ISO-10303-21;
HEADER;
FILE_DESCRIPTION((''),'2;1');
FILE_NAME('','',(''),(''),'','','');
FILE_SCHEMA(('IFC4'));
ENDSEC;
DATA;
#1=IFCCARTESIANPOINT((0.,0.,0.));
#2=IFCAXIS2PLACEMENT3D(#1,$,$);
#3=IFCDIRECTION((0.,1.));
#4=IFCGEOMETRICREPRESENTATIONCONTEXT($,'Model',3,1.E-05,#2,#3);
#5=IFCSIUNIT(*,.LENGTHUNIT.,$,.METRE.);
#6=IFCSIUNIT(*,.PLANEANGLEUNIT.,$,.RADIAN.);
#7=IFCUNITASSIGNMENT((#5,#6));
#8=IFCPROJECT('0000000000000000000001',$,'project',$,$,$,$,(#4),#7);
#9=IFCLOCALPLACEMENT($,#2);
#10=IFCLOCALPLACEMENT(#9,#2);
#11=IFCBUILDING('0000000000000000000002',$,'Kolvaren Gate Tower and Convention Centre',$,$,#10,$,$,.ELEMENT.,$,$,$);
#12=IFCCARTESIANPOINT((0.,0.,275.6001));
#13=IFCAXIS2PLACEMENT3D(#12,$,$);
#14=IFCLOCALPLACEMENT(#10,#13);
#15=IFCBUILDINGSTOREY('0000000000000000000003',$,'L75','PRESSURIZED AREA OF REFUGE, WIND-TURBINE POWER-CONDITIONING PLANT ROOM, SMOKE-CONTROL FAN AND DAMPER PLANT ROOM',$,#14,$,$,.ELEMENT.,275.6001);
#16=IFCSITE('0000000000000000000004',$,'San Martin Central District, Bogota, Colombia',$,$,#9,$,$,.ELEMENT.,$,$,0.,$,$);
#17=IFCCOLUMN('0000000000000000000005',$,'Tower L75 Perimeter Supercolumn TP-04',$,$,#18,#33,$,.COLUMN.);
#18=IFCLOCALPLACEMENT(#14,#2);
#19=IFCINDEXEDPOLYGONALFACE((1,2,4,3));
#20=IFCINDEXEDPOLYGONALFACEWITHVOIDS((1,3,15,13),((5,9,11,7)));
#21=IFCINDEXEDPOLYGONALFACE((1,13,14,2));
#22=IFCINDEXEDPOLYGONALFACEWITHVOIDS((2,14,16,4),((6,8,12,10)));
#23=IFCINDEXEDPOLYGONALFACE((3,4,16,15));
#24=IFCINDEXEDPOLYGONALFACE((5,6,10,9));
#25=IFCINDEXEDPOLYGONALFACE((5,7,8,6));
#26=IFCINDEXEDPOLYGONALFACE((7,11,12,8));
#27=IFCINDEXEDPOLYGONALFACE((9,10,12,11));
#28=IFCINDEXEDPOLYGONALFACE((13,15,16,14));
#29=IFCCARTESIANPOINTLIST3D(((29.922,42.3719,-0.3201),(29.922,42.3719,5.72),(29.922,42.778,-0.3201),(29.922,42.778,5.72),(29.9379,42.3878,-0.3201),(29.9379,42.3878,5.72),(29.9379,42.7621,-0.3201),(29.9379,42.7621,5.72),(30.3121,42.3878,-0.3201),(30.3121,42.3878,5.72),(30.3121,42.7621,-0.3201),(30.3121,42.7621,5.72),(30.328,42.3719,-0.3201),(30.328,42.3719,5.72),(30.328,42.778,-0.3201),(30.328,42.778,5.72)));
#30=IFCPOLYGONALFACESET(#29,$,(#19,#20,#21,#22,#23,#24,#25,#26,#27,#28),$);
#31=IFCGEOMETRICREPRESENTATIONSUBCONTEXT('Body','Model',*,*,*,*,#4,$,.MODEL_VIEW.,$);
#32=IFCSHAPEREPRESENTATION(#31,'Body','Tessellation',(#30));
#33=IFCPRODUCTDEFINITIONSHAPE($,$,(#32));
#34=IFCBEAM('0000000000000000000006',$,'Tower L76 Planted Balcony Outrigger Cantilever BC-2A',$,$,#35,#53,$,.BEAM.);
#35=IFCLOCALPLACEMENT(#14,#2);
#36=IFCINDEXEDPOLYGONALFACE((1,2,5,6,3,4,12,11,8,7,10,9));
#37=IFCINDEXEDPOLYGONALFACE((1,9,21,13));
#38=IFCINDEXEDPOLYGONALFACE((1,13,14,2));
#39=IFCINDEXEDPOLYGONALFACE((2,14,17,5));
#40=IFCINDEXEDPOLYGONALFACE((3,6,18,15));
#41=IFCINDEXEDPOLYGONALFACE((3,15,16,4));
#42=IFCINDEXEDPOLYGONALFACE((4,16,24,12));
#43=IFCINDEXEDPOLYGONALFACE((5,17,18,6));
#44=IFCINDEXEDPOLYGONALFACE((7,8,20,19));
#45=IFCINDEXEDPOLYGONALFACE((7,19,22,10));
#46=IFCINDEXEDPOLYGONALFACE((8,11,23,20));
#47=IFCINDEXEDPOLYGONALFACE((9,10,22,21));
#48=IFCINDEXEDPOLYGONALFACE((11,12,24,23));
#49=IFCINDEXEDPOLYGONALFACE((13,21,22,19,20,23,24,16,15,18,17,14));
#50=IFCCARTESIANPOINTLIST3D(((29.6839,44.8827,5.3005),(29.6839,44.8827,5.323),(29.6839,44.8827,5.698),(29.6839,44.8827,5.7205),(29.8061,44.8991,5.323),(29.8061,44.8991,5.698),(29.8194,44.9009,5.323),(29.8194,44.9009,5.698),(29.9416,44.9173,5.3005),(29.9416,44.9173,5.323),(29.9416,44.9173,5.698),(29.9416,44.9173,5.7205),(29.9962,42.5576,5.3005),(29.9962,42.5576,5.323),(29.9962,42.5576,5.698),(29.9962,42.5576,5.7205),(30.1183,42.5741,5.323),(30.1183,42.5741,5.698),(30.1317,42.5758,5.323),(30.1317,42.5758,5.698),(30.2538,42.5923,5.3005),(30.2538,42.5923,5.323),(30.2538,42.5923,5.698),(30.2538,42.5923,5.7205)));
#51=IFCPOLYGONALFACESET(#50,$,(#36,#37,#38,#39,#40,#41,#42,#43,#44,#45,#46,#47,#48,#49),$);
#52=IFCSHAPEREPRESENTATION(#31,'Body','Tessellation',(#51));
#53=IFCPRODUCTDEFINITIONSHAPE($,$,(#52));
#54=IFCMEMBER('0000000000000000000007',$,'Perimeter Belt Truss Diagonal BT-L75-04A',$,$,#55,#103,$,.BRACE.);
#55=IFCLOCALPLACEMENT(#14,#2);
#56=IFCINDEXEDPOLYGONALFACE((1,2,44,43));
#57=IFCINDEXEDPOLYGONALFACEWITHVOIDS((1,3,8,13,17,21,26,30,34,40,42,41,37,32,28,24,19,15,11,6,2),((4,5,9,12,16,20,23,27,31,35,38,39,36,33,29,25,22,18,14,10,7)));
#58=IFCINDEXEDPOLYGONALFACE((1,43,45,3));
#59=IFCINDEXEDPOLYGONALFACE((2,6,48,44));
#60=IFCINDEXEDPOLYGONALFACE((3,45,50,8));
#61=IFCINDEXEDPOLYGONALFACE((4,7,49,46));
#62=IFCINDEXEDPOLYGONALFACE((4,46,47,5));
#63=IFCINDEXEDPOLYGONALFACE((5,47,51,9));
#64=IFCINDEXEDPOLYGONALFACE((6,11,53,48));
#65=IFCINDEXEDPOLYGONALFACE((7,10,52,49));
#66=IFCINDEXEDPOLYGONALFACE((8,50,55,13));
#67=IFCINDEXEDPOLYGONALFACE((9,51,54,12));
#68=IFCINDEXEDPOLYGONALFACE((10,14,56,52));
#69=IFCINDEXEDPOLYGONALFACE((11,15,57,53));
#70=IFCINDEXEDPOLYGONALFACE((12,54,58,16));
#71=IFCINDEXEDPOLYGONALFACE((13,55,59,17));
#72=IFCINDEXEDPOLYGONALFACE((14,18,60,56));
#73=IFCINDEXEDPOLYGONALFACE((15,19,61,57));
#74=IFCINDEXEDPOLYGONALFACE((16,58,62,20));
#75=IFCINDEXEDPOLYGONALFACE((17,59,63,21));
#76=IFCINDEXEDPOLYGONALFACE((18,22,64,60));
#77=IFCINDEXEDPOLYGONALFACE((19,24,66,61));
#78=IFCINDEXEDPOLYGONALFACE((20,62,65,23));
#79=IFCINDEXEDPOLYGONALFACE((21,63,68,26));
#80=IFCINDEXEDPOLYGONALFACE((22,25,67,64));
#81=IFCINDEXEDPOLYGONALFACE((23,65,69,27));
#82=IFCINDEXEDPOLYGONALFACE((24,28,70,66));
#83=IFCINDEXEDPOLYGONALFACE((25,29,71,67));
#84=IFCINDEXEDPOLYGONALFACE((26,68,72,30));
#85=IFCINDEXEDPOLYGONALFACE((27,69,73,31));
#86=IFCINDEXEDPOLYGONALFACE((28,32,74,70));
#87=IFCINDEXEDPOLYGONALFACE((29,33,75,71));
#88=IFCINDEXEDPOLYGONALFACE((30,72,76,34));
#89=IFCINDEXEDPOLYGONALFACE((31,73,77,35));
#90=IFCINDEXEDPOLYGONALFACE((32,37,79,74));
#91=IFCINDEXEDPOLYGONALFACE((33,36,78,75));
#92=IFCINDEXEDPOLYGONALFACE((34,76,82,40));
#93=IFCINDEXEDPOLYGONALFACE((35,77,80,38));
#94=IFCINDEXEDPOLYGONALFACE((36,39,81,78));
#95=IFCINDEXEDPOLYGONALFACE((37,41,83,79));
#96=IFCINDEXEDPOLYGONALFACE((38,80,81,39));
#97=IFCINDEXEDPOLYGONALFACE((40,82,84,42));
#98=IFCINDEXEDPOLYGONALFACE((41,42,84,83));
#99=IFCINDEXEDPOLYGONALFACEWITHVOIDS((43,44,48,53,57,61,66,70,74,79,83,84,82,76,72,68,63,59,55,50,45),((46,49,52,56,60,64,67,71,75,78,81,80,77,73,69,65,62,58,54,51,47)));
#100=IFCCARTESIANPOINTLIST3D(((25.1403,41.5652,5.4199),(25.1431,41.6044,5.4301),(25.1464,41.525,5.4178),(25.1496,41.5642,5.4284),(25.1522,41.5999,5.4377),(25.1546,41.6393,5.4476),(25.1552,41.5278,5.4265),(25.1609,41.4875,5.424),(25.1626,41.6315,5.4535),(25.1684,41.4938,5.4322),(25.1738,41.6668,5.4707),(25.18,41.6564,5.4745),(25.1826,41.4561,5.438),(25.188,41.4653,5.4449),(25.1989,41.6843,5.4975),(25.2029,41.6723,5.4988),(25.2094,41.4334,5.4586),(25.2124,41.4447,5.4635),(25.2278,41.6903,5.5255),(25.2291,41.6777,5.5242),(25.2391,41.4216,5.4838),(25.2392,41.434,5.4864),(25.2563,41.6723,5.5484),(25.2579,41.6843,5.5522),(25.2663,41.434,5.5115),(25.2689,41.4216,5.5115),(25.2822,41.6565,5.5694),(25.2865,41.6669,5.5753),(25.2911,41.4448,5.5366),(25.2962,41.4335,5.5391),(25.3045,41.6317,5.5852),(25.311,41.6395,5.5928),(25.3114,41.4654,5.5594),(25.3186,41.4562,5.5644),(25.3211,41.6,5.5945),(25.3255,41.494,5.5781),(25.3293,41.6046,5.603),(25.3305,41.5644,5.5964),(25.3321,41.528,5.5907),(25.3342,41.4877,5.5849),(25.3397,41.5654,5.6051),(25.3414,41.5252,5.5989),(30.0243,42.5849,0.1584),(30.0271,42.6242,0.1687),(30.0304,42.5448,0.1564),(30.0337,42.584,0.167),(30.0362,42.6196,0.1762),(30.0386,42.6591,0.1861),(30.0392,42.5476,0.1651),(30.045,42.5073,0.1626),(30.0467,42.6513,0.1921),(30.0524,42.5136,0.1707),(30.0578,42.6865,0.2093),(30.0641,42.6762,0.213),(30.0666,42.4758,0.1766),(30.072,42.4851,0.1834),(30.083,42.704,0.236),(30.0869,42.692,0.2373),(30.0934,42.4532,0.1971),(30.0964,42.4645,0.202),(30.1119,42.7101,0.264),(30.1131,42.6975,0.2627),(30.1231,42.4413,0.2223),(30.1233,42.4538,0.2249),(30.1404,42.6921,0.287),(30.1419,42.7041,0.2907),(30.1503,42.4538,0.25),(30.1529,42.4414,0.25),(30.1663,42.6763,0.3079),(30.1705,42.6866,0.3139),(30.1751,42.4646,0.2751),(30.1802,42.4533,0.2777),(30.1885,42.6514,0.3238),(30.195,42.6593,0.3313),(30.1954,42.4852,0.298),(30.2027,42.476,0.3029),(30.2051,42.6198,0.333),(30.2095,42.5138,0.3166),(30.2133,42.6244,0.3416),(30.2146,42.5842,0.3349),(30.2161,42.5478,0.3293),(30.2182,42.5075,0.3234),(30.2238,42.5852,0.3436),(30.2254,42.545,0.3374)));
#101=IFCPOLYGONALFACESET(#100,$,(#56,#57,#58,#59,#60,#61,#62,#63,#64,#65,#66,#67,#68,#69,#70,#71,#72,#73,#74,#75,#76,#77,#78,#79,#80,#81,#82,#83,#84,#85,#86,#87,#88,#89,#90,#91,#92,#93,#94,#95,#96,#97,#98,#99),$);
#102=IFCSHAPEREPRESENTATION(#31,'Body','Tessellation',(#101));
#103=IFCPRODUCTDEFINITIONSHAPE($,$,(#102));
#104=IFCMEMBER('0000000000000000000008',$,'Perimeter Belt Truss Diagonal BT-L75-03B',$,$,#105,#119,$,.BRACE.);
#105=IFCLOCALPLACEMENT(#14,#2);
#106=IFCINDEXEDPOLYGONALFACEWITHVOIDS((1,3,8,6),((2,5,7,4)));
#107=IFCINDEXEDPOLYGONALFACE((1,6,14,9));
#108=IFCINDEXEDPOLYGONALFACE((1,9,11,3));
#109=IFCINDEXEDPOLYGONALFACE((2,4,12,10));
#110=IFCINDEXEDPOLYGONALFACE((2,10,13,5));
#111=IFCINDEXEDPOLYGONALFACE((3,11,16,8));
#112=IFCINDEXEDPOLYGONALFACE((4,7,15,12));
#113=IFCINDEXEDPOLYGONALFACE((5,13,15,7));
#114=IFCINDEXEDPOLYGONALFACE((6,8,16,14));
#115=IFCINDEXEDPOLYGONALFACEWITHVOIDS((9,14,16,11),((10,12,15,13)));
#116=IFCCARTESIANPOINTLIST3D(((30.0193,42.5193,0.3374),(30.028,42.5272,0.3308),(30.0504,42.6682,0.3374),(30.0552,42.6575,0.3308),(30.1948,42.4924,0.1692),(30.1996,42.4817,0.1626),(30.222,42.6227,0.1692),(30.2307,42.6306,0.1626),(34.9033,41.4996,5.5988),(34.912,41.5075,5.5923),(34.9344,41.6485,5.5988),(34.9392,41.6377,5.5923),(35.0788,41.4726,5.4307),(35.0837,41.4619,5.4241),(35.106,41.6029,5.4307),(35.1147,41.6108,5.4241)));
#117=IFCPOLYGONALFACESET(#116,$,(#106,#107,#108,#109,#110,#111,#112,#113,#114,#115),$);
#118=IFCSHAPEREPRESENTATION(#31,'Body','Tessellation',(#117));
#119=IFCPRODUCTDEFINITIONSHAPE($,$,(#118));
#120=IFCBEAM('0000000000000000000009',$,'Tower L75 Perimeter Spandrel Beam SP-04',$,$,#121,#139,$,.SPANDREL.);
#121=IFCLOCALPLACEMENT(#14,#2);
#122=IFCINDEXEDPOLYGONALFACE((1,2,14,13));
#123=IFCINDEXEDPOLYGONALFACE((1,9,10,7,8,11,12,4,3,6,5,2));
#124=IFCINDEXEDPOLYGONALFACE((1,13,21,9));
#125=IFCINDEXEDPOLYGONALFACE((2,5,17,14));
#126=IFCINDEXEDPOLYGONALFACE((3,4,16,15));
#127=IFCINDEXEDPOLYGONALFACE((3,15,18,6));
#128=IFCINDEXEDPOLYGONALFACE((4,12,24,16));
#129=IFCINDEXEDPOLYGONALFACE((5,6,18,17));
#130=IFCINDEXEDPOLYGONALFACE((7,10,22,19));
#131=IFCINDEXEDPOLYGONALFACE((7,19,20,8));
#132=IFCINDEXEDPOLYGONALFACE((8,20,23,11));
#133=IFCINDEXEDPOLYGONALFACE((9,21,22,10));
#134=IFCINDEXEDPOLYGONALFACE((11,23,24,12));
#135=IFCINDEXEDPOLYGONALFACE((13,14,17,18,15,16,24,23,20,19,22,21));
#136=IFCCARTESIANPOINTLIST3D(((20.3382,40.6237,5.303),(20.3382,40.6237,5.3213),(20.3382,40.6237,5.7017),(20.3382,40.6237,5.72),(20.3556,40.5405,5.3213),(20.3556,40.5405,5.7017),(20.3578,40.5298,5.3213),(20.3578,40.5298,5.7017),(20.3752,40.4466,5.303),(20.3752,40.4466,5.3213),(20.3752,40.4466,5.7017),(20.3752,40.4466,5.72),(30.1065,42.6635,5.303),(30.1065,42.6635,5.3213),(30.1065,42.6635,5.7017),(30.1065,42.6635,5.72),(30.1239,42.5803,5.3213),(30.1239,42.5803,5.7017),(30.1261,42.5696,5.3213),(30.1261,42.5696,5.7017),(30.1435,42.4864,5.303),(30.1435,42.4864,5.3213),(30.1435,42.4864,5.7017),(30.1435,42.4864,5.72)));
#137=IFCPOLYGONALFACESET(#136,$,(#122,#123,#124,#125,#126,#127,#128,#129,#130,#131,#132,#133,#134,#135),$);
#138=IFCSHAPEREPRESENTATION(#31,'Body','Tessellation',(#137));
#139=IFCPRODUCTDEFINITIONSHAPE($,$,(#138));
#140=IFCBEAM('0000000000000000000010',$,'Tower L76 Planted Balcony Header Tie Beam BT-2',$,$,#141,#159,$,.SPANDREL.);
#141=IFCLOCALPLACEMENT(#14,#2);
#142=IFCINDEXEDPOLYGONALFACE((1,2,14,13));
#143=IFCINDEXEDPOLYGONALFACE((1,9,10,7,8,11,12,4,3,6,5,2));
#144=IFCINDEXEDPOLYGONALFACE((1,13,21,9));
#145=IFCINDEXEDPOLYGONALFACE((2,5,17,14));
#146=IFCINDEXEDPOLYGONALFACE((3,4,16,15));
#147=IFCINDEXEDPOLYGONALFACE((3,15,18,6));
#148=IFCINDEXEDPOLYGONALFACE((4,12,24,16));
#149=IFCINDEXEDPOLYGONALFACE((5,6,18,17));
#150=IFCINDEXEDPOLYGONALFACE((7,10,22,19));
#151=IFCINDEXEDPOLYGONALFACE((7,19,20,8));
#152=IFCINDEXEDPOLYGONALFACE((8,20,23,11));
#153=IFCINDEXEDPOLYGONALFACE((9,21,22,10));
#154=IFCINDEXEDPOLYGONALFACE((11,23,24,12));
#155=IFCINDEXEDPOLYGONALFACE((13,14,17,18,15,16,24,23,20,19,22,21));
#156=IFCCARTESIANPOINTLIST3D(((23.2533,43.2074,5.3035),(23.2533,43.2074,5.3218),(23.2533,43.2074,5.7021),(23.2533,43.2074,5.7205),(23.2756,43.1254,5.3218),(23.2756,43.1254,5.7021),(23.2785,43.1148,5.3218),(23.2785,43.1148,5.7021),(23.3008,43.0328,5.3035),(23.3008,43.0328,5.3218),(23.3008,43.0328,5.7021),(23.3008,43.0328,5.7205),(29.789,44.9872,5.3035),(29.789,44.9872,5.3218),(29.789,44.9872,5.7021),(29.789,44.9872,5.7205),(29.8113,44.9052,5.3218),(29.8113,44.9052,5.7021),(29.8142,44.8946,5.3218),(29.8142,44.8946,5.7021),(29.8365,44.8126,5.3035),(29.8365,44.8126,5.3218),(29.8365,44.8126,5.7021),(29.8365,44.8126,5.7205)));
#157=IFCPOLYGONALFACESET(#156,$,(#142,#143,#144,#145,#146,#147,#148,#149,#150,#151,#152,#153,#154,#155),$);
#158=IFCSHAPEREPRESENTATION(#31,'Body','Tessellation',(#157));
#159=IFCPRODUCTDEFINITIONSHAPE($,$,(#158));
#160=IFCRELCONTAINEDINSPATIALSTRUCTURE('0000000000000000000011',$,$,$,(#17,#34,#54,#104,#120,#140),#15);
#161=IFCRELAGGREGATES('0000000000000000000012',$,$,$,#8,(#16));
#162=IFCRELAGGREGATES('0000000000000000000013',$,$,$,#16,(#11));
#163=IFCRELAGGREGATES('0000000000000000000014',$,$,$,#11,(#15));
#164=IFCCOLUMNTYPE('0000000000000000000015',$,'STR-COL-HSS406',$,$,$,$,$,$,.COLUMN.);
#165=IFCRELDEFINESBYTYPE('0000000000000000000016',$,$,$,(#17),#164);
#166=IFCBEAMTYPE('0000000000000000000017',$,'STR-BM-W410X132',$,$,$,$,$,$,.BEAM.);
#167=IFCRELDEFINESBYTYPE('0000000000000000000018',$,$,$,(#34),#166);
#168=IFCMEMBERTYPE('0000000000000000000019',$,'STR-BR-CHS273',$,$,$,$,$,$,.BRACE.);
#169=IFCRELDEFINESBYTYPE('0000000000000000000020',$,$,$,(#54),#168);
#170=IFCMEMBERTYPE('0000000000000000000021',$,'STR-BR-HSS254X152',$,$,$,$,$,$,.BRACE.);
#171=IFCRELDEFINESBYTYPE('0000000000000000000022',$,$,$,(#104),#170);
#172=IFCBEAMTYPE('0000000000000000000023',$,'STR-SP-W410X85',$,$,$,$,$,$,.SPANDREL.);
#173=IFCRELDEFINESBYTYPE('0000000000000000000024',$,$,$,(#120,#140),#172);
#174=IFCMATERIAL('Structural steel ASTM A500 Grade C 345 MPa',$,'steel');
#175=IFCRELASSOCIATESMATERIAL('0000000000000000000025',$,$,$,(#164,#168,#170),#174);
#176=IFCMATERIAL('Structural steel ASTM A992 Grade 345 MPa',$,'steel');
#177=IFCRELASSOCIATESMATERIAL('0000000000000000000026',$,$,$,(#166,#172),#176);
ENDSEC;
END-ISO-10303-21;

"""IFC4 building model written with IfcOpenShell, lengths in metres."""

from ifc_helpers import new_model, si_unit, direction, frame, origin, origin_2d, place, context, subcontext, project, spatial, hollow_rectangle, hollow_circle, i_section, extrude, material, material_profile, profile_set, type_object, element, save


model = new_model("IFC4")

# Units and contexts
model_context = context("Model", 3, precision=1e-05, world=origin(), true_north=direction((0.0, 1.0)))
body_context = subcontext(model_context, "Body", "Model", "MODEL_VIEW")
ifc_project = project(units=[si_unit("LENGTHUNIT", "METRE"), si_unit("PLANEANGLEUNIT", "RADIAN")], contexts=[model_context])

# Site, building, storey
site_placement = place(None, origin())
site = spatial("IfcSite", under=ifc_project, at=site_placement, Name="San Martin Central District, Bogota, Colombia", CompositionType="ELEMENT", RefElevation=0.0)
building_placement = place(site_placement, origin())
building = spatial("IfcBuilding", under=site, at=building_placement, Name="Kolvaren Gate Tower and Convention Centre", CompositionType="ELEMENT")
storey_placement = place(building_placement, frame((0.0, 0.0, 275.6001)))
storey = spatial("IfcBuildingStorey", under=building, at=storey_placement, Name="L75", Description="PRESSURIZED AREA OF REFUGE, WIND-TURBINE POWER-CONDITIONING PLANT ROOM, SMOKE-CONTROL FAN AND DAMPER PLANT ROOM", CompositionType="ELEMENT", Elevation=275.6001)

# Column
ifc_material_1 = material(Name="Structural steel ASTM A500 Grade C 345 MPa", Category="steel")
ifc_material_profile_1 = material_profile(ifc_material_1, hollow_rectangle(XDim=0.406, YDim=0.406, WallThickness=0.0159, at=origin_2d()), Name="HSS406X406X15.9")
ifc_profile_set_1 = profile_set([ifc_material_profile_1], Name="Structural steel ASTM A500 Grade C 345 MPa")
column_type = type_object("IfcColumnType", Name="STR-COL-HSS406", PredefinedType="COLUMN", material=ifc_profile_set_1)
column_placement = place(storey_placement, frame((30.125, 42.575, -0.3201), z_axis=(0.0, 0.0, 1.0), x_axis=(1.0, 0.0, 0.0)))
element("IfcColumn", 1, at=column_placement, inside=storey, type_object=column_type, Name="Tower L75 Perimeter Supercolumn TP-04", PredefinedType="COLUMN", context=body_context, shape_type="SweptSolid", body=[
    extrude(hollow_rectangle(XDim=0.406, YDim=0.406, WallThickness=0.0159, at=origin_2d()), origin(), (0.0, 0.0, 1.0), 6.04),
])

# Beam
ifc_material_2 = material(Name="Structural steel ASTM A992 Grade 345 MPa", Category="steel")
ifc_material_profile_2 = material_profile(ifc_material_2, i_section(OverallWidth=0.26, OverallDepth=0.4199, WebThickness=0.0134, FlangeThickness=0.0225, at=origin_2d()), Name="W410X132")
ifc_profile_set_2 = profile_set([ifc_material_profile_2], Name="Structural steel ASTM A992 Grade 345 MPa")
beam_type_1 = type_object("IfcBeamType", Name="STR-BM-W410X132", PredefinedType="BEAM", material=ifc_profile_set_2)
beam_1_placement = place(storey_placement, frame((30.125, 42.575, 5.5105), z_axis=(-0.133111, 0.991101, 0.0), x_axis=(-0.991101, -0.133111, 0.0)))
element("IfcBeam", 2, at=beam_1_placement, inside=storey, type_object=beam_type_1, Name="Tower L76 Planted Balcony Outrigger Cantilever BC-2A", PredefinedType="BEAM", context=body_context, shape_type="SweptSolid", body=[
    extrude(i_section(OverallWidth=0.26, OverallDepth=0.4199, WebThickness=0.0134, FlangeThickness=0.0225, at=origin_2d()), origin(), (0.0, 0.0, 1.0), 2.3459),
])

# Members
ifc_material_profile_3 = material_profile(ifc_material_1, hollow_circle(Radius=0.1365, WallThickness=0.0127, at=origin_2d()), Name="CHS273X12.7")
ifc_profile_set_3 = profile_set([ifc_material_profile_3], Name="Structural steel ASTM A500 Grade C 345 MPa")
member_type_1 = type_object("IfcMemberType", Name="STR-BR-CHS273", PredefinedType="BRACE", material=ifc_profile_set_3)
member_1_placement = place(storey_placement, frame((30.125, 42.575, 0.25), z_axis=(-0.673568, -0.140639, 0.725622), x_axis=(0.20439, -0.97889, 0.0)))
element("IfcMember", 3, at=member_1_placement, inside=storey, type_object=member_type_1, Name="Perimeter Belt Truss Diagonal BT-L75-04A", PredefinedType="BRACE", context=body_context, shape_type="SweptSolid", body=[
    extrude(hollow_circle(Radius=0.1365, WallThickness=0.0127, at=origin_2d()), origin(), (0.0, 0.0, 1.0), 7.251),
])
ifc_material_profile_4 = material_profile(ifc_material_1, hollow_rectangle(XDim=0.1521, YDim=0.2539, WallThickness=0.0095, at=origin_2d()), Name="HSS254X152X9.5")
ifc_profile_set_4 = profile_set([ifc_material_profile_4], Name="Structural steel ASTM A500 Grade C 345 MPa")
member_type_2 = type_object("IfcMemberType", Name="STR-BR-HSS254X152", PredefinedType="BRACE", material=ifc_profile_set_4)
member_2_placement = place(storey_placement, frame((30.125, 42.575, 0.25), z_axis=(0.673568, -0.140639, 0.725622), x_axis=(0.20439, 0.97889, 0.0)))
element("IfcMember", 4, at=member_2_placement, inside=storey, type_object=member_type_2, Name="Perimeter Belt Truss Diagonal BT-L75-03B", PredefinedType="BRACE", context=body_context, shape_type="SweptSolid", body=[
    extrude(hollow_rectangle(XDim=0.1521, YDim=0.2539, WallThickness=0.0095, at=origin_2d()), origin(), (0.0, 0.0, 1.0), 7.251),
])

# Beams
ifc_material_profile_5 = material_profile(ifc_material_2, i_section(OverallWidth=0.1809, OverallDepth=0.417, WebThickness=0.011, FlangeThickness=0.0183, at=origin_2d()), Name="W410X85")
ifc_profile_set_5 = profile_set([ifc_material_profile_5], Name="Structural steel ASTM A992 Grade 345 MPa")
beam_type_2 = type_object("IfcBeamType", Name="STR-SP-W410X85", PredefinedType="SPANDREL", material=ifc_profile_set_5)
beam_2_placement = place(storey_placement, frame((30.125, 42.575, 5.5115), z_axis=(-0.978886, -0.204409, 0.0), x_axis=(0.204409, -0.978886, 0.0)))
element("IfcBeam", 5, at=beam_2_placement, inside=storey, type_object=beam_type_2, Name="Tower L75 Perimeter Spandrel Beam SP-04", PredefinedType="SPANDREL", context=body_context, shape_type="SweptSolid", body=[
    extrude(i_section(OverallWidth=0.1809, OverallDepth=0.417, WebThickness=0.011, FlangeThickness=0.0183, at=origin_2d()), origin(), (0.0, 0.0, 1.0), 9.979),
])
beam_3_placement = place(storey_placement, frame((29.8127, 44.8999, 5.512), z_axis=(-0.964864, -0.262751, 0.0), x_axis=(0.262751, -0.964864, 0.0)))
element("IfcBeam", 6, at=beam_3_placement, inside=storey, type_object=beam_type_2, Name="Tower L76 Planted Balcony Header Tie Beam BT-2", PredefinedType="SPANDREL", context=body_context, shape_type="SweptSolid", body=[
    extrude(i_section(OverallWidth=0.1809, OverallDepth=0.417, WebThickness=0.011, FlangeThickness=0.0183, at=origin_2d()), origin(), (0.0, 0.0, 1.0), 6.7737),
])

save(model, "model.ifc")
